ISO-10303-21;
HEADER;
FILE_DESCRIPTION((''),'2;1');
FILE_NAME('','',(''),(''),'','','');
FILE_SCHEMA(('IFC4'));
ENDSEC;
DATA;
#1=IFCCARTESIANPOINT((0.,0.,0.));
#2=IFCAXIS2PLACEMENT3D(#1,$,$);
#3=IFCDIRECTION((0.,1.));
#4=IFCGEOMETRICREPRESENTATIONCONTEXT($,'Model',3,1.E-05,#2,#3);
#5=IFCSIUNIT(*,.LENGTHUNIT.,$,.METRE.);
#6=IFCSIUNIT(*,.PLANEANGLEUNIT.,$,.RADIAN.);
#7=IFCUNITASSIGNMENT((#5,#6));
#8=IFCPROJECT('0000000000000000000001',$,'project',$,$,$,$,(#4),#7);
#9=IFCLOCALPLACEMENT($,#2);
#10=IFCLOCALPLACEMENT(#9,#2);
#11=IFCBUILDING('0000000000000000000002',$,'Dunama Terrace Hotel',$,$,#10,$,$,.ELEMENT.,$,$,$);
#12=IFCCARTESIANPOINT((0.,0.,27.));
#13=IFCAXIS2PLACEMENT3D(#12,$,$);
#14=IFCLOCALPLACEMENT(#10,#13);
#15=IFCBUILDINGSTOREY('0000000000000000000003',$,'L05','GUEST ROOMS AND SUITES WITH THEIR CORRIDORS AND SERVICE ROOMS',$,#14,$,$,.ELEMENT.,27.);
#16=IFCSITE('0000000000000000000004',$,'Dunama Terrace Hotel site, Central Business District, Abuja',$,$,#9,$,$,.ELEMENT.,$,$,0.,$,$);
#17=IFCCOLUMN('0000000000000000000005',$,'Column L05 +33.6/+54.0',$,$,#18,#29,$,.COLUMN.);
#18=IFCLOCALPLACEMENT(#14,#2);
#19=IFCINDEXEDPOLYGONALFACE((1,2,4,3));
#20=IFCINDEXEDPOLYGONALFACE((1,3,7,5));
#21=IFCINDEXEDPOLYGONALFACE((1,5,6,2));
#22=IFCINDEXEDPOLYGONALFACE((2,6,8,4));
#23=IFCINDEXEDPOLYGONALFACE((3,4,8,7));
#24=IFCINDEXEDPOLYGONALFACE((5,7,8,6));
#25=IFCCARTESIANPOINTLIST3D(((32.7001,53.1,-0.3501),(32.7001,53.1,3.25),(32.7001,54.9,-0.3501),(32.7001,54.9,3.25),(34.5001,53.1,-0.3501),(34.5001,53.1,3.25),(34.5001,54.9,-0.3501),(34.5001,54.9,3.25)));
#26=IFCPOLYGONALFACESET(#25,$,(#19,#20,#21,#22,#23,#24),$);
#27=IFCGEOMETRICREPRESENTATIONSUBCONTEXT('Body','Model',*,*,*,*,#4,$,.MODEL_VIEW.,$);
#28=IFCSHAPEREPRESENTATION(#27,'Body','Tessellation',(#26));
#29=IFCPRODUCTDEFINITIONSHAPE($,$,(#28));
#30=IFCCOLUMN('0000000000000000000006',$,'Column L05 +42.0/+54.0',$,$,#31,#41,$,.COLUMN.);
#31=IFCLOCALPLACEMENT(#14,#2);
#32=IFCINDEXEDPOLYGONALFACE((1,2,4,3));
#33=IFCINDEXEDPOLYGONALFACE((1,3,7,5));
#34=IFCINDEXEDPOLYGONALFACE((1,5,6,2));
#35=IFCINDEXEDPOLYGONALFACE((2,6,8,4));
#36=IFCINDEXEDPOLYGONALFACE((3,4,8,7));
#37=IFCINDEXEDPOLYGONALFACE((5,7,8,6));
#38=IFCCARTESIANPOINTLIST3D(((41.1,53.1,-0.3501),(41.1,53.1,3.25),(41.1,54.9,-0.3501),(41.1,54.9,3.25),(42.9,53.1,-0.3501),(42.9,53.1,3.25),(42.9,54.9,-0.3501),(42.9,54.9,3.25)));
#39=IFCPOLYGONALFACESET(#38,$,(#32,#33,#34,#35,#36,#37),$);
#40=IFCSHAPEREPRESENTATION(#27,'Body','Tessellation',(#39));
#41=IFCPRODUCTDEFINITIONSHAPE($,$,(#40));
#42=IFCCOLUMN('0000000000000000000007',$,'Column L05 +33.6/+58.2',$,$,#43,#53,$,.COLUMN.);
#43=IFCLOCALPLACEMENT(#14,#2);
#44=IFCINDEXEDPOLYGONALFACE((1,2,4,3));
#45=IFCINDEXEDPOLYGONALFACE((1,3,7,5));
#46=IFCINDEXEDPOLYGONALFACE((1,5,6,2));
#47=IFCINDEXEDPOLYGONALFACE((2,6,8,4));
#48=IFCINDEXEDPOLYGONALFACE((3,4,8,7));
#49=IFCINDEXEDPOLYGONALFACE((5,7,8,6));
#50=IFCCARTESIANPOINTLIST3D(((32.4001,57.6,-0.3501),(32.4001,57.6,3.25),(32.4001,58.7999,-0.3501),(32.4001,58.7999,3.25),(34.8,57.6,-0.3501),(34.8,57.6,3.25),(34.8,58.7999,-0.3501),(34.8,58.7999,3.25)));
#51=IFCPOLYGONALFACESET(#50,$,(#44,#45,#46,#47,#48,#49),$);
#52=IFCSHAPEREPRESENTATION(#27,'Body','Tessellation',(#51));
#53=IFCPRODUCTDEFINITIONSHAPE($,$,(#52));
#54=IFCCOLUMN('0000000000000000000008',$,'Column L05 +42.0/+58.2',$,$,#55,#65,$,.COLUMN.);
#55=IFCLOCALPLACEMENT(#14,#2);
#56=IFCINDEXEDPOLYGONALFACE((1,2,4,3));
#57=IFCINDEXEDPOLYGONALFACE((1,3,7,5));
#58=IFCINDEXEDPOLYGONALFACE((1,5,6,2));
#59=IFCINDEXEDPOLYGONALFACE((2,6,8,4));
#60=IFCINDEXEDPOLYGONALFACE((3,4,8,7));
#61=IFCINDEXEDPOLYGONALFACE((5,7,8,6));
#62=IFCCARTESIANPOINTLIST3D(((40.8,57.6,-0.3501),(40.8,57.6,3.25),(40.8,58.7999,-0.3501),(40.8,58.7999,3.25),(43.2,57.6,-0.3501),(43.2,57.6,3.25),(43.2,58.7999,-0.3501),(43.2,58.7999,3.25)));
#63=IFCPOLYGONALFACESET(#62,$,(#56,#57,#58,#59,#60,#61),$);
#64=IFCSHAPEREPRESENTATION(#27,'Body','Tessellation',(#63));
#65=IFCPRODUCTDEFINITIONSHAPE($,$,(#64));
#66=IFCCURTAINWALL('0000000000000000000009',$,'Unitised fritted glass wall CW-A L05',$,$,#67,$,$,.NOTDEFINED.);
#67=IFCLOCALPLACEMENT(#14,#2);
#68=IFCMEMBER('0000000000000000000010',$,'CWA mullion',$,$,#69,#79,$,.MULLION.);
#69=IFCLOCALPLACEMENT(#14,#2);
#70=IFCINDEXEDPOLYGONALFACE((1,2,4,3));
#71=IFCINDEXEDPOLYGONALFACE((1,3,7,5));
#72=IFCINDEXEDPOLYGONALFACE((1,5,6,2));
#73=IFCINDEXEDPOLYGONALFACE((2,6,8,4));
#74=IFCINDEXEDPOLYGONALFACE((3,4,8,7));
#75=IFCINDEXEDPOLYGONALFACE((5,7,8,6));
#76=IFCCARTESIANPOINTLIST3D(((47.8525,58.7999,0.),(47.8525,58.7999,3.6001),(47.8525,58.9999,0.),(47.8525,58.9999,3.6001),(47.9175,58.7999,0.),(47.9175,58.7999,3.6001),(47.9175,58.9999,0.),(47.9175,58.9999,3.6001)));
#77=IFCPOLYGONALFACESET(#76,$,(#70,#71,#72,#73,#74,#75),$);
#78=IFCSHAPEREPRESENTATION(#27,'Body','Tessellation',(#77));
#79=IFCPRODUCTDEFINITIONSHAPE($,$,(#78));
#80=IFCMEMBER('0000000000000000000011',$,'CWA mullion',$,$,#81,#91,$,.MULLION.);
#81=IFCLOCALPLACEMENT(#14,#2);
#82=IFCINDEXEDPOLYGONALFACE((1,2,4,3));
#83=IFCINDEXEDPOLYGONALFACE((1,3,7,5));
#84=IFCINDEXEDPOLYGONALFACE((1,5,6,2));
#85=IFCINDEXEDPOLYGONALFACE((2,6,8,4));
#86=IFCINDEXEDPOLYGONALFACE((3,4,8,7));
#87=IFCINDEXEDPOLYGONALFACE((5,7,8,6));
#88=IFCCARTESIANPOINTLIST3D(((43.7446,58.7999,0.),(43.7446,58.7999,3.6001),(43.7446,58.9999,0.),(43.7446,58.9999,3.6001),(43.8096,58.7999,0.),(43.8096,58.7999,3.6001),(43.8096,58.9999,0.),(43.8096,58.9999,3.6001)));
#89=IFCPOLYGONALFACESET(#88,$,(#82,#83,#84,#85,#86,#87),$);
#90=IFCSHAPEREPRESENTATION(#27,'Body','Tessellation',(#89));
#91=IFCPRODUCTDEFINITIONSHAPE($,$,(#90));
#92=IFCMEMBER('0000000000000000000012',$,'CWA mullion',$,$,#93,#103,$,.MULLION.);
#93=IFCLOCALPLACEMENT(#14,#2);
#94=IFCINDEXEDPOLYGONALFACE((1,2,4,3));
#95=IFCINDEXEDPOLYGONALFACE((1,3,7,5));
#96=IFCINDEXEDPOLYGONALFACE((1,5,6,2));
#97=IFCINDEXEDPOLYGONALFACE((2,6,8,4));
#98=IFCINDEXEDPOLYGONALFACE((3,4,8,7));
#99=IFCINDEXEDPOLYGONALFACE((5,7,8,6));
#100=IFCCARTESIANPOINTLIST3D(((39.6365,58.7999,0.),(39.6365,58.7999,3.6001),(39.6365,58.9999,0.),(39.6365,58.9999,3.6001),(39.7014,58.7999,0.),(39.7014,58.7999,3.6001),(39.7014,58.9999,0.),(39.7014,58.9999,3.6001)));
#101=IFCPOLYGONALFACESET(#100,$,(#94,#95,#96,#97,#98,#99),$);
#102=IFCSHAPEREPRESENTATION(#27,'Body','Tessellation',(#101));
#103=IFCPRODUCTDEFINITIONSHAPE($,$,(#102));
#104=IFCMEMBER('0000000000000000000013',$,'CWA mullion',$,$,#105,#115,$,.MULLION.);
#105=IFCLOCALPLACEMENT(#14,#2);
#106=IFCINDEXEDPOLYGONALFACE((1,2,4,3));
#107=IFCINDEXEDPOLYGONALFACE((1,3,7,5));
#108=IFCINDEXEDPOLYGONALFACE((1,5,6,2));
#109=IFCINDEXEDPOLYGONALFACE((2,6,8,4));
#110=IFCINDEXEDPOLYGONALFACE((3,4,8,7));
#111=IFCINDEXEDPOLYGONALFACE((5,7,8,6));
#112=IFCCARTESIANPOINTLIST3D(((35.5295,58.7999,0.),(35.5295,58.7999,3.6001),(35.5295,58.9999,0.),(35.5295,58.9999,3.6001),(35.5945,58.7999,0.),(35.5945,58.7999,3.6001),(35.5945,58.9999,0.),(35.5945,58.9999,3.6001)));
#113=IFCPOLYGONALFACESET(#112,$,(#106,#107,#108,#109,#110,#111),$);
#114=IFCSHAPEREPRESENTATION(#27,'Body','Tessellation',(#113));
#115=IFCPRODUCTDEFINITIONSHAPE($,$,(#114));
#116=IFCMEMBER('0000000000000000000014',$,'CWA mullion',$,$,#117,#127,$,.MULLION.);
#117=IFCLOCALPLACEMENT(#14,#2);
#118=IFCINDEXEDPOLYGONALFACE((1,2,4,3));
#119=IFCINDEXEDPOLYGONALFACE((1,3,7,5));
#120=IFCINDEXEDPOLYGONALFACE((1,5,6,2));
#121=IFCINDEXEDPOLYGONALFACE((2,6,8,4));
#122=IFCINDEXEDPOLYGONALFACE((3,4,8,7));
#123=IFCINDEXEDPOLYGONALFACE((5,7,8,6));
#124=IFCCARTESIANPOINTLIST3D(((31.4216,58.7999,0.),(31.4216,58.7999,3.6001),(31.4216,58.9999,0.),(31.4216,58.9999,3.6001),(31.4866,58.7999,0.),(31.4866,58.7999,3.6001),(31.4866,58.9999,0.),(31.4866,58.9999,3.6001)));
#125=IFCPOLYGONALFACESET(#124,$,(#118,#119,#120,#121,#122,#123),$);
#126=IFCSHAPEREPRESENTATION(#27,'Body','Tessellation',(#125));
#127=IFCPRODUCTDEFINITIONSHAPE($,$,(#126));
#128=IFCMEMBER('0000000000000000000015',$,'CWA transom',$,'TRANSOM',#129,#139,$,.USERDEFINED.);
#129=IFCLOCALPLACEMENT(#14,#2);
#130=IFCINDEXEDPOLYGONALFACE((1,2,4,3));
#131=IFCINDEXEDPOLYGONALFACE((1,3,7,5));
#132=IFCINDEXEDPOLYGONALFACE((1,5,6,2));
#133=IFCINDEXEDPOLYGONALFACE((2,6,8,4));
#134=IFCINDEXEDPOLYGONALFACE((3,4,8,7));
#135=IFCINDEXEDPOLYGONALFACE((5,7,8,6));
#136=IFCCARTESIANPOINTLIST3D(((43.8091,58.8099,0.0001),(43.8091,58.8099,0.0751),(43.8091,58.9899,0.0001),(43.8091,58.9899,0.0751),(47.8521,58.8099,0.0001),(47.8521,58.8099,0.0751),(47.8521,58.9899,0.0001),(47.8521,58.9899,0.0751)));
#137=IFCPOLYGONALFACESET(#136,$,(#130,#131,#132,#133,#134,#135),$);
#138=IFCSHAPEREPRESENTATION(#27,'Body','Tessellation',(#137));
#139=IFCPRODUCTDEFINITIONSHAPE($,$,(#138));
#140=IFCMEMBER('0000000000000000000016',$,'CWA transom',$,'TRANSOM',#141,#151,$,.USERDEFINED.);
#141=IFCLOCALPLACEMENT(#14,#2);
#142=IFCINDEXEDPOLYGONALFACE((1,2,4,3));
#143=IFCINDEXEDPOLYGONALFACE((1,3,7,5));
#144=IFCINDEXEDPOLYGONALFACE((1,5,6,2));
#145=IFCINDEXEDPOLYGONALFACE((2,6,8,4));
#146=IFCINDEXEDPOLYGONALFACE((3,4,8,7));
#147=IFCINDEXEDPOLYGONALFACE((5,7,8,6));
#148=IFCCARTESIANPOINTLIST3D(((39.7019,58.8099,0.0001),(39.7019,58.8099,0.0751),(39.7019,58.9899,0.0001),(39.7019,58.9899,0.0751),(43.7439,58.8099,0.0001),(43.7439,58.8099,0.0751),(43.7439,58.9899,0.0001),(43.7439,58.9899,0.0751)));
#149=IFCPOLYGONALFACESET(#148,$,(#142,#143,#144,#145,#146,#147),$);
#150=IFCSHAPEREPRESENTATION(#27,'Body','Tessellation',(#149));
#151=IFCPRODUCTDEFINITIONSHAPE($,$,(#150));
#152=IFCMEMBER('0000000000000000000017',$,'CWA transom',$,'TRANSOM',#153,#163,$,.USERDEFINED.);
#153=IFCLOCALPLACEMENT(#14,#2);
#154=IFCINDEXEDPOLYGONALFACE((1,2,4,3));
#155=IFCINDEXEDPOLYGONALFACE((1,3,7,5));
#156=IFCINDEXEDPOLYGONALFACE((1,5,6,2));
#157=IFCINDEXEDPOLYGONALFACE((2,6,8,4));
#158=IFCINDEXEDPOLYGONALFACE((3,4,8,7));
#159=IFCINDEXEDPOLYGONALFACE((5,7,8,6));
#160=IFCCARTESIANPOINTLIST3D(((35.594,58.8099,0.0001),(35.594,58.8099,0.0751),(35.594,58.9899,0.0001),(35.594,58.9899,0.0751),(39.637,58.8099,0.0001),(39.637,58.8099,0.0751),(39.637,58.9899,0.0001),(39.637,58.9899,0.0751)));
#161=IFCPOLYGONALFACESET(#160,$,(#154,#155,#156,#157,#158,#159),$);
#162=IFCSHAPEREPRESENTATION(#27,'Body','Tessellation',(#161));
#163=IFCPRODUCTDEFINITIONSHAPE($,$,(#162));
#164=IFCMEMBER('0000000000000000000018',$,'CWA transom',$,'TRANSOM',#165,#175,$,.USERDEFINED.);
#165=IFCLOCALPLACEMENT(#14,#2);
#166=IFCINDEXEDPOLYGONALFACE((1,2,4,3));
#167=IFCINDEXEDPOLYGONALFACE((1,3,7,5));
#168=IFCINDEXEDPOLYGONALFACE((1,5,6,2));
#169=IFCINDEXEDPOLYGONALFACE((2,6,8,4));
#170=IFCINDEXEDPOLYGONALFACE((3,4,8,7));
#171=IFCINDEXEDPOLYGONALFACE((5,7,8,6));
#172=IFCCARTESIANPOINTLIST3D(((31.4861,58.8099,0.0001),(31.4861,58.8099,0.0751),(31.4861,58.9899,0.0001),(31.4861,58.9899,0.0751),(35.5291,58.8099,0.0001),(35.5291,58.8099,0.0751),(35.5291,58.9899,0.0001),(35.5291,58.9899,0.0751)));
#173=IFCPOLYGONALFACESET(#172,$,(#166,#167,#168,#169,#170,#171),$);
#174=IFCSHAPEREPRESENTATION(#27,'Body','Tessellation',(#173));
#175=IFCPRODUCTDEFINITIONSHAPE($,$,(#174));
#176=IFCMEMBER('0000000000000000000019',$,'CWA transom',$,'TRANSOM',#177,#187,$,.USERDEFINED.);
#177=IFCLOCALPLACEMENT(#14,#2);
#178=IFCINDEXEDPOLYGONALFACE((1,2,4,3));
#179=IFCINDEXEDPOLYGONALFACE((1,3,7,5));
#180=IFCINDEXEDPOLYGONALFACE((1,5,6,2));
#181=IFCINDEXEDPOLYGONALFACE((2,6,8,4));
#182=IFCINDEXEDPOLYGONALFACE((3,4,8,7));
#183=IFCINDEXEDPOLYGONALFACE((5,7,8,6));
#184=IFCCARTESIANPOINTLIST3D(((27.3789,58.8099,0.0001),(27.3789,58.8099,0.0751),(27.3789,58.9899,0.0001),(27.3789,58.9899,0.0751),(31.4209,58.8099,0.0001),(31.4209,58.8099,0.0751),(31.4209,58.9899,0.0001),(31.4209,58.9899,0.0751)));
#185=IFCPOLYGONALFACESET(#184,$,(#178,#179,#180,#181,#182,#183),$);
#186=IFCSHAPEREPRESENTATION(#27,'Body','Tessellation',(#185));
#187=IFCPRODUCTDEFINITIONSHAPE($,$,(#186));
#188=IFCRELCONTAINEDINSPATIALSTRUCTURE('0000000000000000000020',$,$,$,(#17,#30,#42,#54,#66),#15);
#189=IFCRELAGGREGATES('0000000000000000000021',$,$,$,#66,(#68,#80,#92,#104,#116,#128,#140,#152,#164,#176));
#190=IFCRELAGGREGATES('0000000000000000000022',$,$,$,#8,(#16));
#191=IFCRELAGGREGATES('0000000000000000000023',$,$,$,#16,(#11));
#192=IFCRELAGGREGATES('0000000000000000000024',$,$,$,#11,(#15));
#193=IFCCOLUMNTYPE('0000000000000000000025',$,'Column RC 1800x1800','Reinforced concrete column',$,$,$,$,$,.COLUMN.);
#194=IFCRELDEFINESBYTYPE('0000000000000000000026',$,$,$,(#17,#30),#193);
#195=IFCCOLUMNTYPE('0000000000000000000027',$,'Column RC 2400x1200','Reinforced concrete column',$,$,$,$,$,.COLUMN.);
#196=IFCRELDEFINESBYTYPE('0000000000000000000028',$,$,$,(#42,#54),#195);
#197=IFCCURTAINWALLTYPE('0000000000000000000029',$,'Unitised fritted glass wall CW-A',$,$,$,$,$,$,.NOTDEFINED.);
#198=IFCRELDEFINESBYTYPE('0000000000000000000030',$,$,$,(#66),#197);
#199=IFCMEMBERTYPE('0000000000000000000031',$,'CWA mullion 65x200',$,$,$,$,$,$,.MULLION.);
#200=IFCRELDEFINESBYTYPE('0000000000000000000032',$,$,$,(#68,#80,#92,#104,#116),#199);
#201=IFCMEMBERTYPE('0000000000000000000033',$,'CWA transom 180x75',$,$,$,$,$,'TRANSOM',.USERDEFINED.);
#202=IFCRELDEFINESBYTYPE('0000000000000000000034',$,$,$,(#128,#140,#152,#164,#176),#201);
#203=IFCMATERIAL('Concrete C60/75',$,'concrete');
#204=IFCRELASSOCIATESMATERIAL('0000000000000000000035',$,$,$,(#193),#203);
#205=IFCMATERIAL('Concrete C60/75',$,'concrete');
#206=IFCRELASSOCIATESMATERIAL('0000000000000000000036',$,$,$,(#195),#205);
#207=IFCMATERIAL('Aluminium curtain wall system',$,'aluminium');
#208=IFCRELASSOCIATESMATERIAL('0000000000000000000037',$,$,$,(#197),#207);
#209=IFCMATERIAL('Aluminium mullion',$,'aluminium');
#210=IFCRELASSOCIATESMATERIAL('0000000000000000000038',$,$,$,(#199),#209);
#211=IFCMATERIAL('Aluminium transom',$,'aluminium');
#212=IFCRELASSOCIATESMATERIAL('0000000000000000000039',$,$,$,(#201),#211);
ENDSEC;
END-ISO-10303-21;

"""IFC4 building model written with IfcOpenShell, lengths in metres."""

from ifc_helpers import new_model, si_unit, direction, frame, origin, origin_2d, place, context, subcontext, project, spatial, rectangle, extrude, material, material_profile, profile_set, type_object, element, aggregate, save


model = new_model("IFC4")

# Units and contexts
model_context = context("Model", 3, precision=1e-05, world=origin(), true_north=direction((0.0, 1.0)))
body_context = subcontext(model_context, "Body", "Model", "MODEL_VIEW")
ifc_project = project(units=[si_unit("LENGTHUNIT", "METRE"), si_unit("PLANEANGLEUNIT", "RADIAN")], contexts=[model_context])

# Site, building, storey
site_placement = place(None, origin())
site = spatial("IfcSite", under=ifc_project, at=site_placement, Name="Dunama Terrace Hotel site, Central Business District, Abuja", CompositionType="ELEMENT", RefElevation=0.0)
building_placement = place(site_placement, origin())
building = spatial("IfcBuilding", under=site, at=building_placement, Name="Dunama Terrace Hotel", CompositionType="ELEMENT")
storey_placement = place(building_placement, frame((0.0, 0.0, 27.0)))
storey = spatial("IfcBuildingStorey", under=building, at=storey_placement, Name="L05", Description="GUEST ROOMS AND SUITES WITH THEIR CORRIDORS AND SERVICE ROOMS", CompositionType="ELEMENT", Elevation=27.0)

# Columns
ifc_material_1 = material(Name="Concrete C60/75", Category="concrete")
ifc_material_profile_1 = material_profile(ifc_material_1, rectangle(XDim=1.8, YDim=1.8, at=origin_2d()), Name="RC 1800x1800")
ifc_profile_set_1 = profile_set([ifc_material_profile_1], Name="Concrete C60/75")
column_type_1 = type_object("IfcColumnType", Name="Column RC 1800x1800", Description="Reinforced concrete column", PredefinedType="COLUMN", material=ifc_profile_set_1)
for number, where, z_axis, x_axis, name in (
    (1, (33.6001, 54.0, -0.3501), (0.0, 0.0, 1.0), (1.0, 0.0, 0.0), "Column L05 +33.6/+54.0"),
    (2, (42.0, 54.0, -0.3501), (0.0, 0.0, 1.0), (1.0, 0.0, 0.0), "Column L05 +42.0/+54.0"),
):
    element("IfcColumn", number, at=place(storey_placement, frame(where, z_axis=z_axis, x_axis=x_axis)), inside=storey, type_object=column_type_1, Name=name, PredefinedType="COLUMN", context=body_context, shape_type="SweptSolid", body=[
        extrude(rectangle(XDim=1.8, YDim=1.8, at=origin_2d()), origin(), (0.0, 0.0, 1.0), 3.6001),
    ])
ifc_material_2 = material(Name="Concrete C60/75", Category="concrete")
ifc_material_profile_2 = material_profile(ifc_material_2, rectangle(XDim=2.3999, YDim=1.2, at=origin_2d()), Name="RC 2400x1200")
ifc_profile_set_2 = profile_set([ifc_material_profile_2], Name="Concrete C60/75")
column_type_2 = type_object("IfcColumnType", Name="Column RC 2400x1200", Description="Reinforced concrete column", PredefinedType="COLUMN", material=ifc_profile_set_2)
for number, where, z_axis, x_axis, name in (
    (3, (33.6001, 58.2, -0.3501), (0.0, 0.0, 1.0), (1.0, 0.0, 0.0), "Column L05 +33.6/+58.2"),
    (4, (42.0, 58.2, -0.3501), (0.0, 0.0, 1.0), (1.0, 0.0, 0.0), "Column L05 +42.0/+58.2"),
):
    element("IfcColumn", number, at=place(storey_placement, frame(where, z_axis=z_axis, x_axis=x_axis)), inside=storey, type_object=column_type_2, Name=name, PredefinedType="COLUMN", context=body_context, shape_type="SweptSolid", body=[
        extrude(rectangle(XDim=2.3999, YDim=1.2, at=origin_2d()), origin(), (0.0, 0.0, 1.0), 3.6001),
    ])

# Curtain wall, members
ifc_material_3 = material(Name="Aluminium curtain wall system", Category="aluminium")
curtain_wall_type = type_object("IfcCurtainWallType", Name="Unitised fritted glass wall CW-A", PredefinedType="NOTDEFINED", material=ifc_material_3)
curtain_wall_placement = place(storey_placement, origin())
curtain_wall = element("IfcCurtainWall", 5, at=curtain_wall_placement, inside=storey, type_object=curtain_wall_type, Name="Unitised fritted glass wall CW-A L05", PredefinedType="NOTDEFINED")
ifc_material_4 = material(Name="Aluminium mullion", Category="aluminium")
ifc_material_profile_3 = material_profile(ifc_material_4, rectangle(XDim=0.0649, YDim=0.2, at=origin_2d()), Name="CWA MULLION 65X200")
ifc_profile_set_3 = profile_set([ifc_material_profile_3], Name="Aluminium mullion")
member_type_1 = type_object("IfcMemberType", Name="CWA mullion 65x200", PredefinedType="MULLION", material=ifc_profile_set_3)
member_1_placement = place(storey_placement, frame((47.885, 58.8999, 0.0), z_axis=(0.0, 0.0, 1.0), x_axis=(-1.0, 0.0, 0.0)))
member_1 = element("IfcMember", 6, at=member_1_placement, type_object=member_type_1, Name="CWA mullion", PredefinedType="MULLION", context=body_context, shape_type="SweptSolid", body=[
    extrude(rectangle(XDim=0.0649, YDim=0.2, at=origin_2d()), origin(), (0.0, 0.0, 1.0), 3.6001),
])
member_2_placement = place(storey_placement, frame((43.7771, 58.8999, 0.0), z_axis=(0.0, 0.0, 1.0), x_axis=(-1.0, 0.0, 0.0)))
member_2 = element("IfcMember", 7, at=member_2_placement, type_object=member_type_1, Name="CWA mullion", PredefinedType="MULLION", context=body_context, shape_type="SweptSolid", body=[
    extrude(rectangle(XDim=0.0649, YDim=0.2, at=origin_2d()), origin(), (0.0, 0.0, 1.0), 3.6001),
])
member_3_placement = place(storey_placement, frame((39.6689, 58.8999, 0.0), z_axis=(0.0, 0.0, 1.0), x_axis=(-1.0, 0.0, 0.0)))
member_3 = element("IfcMember", 8, at=member_3_placement, type_object=member_type_1, Name="CWA mullion", PredefinedType="MULLION", context=body_context, shape_type="SweptSolid", body=[
    extrude(rectangle(XDim=0.0649, YDim=0.2, at=origin_2d()), origin(), (0.0, 0.0, 1.0), 3.6001),
])
member_4_placement = place(storey_placement, frame((35.562, 58.8999, 0.0), z_axis=(0.0, 0.0, 1.0), x_axis=(-1.0, 0.0, 0.0)))
member_4 = element("IfcMember", 9, at=member_4_placement, type_object=member_type_1, Name="CWA mullion", PredefinedType="MULLION", context=body_context, shape_type="SweptSolid", body=[
    extrude(rectangle(XDim=0.0649, YDim=0.2, at=origin_2d()), origin(), (0.0, 0.0, 1.0), 3.6001),
])
member_5_placement = place(storey_placement, frame((31.4541, 58.8999, 0.0), z_axis=(0.0, 0.0, 1.0), x_axis=(-1.0, 0.0, 0.0)))
member_5 = element("IfcMember", 10, at=member_5_placement, type_object=member_type_1, Name="CWA mullion", PredefinedType="MULLION", context=body_context, shape_type="SweptSolid", body=[
    extrude(rectangle(XDim=0.0649, YDim=0.2, at=origin_2d()), origin(), (0.0, 0.0, 1.0), 3.6001),
])
ifc_material_5 = material(Name="Aluminium transom", Category="aluminium")
ifc_material_profile_4 = material_profile(ifc_material_5, rectangle(XDim=0.1799, YDim=0.075, at=origin_2d()), Name="CWA TRANSOM 180X75")
ifc_profile_set_4 = profile_set([ifc_material_profile_4], Name="Aluminium transom")
member_type_2 = type_object("IfcMemberType", Name="CWA transom 180x75", ElementType="TRANSOM", PredefinedType="USERDEFINED", material=ifc_profile_set_4)
member_6_placement = place(storey_placement, frame((47.8521, 58.8999, 0.0376), z_axis=(-1.0, 0.0, 0.0), x_axis=(0.0, -1.0, 0.0)))
member_6 = element("IfcMember", 11, at=member_6_placement, type_object=member_type_2, Name="CWA transom", ObjectType="TRANSOM", PredefinedType="USERDEFINED", context=body_context, shape_type="SweptSolid", body=[
    extrude(rectangle(XDim=0.1799, YDim=0.075, at=origin_2d()), origin(), (0.0, 0.0, 1.0), 4.043),
])
member_7_placement = place(storey_placement, frame((43.7439, 58.8999, 0.0376), z_axis=(-1.0, 0.0, 0.0), x_axis=(0.0, -1.0, 0.0)))
member_7 = element("IfcMember", 12, at=member_7_placement, type_object=member_type_2, Name="CWA transom", ObjectType="TRANSOM", PredefinedType="USERDEFINED", context=body_context, shape_type="SweptSolid", body=[
    extrude(rectangle(XDim=0.1799, YDim=0.075, at=origin_2d()), origin(), (0.0, 0.0, 1.0), 4.042),
])
member_8_placement = place(storey_placement, frame((39.637, 58.8999, 0.0376), z_axis=(-1.0, 0.0, 0.0), x_axis=(0.0, -1.0, 0.0)))
member_8 = element("IfcMember", 13, at=member_8_placement, type_object=member_type_2, Name="CWA transom", ObjectType="TRANSOM", PredefinedType="USERDEFINED", context=body_context, shape_type="SweptSolid", body=[
    extrude(rectangle(XDim=0.1799, YDim=0.075, at=origin_2d()), origin(), (0.0, 0.0, 1.0), 4.043),
])
member_9_placement = place(storey_placement, frame((35.5291, 58.8999, 0.0376), z_axis=(-1.0, 0.0, 0.0), x_axis=(0.0, -1.0, 0.0)))
member_9 = element("IfcMember", 14, at=member_9_placement, type_object=member_type_2, Name="CWA transom", ObjectType="TRANSOM", PredefinedType="USERDEFINED", context=body_context, shape_type="SweptSolid", body=[
    extrude(rectangle(XDim=0.1799, YDim=0.075, at=origin_2d()), origin(), (0.0, 0.0, 1.0), 4.043),
])
member_10_placement = place(storey_placement, frame((31.4209, 58.8999, 0.0376), z_axis=(-1.0, 0.0, 0.0), x_axis=(0.0, -1.0, 0.0)))
member_10 = element("IfcMember", 15, at=member_10_placement, type_object=member_type_2, Name="CWA transom", ObjectType="TRANSOM", PredefinedType="USERDEFINED", context=body_context, shape_type="SweptSolid", body=[
    extrude(rectangle(XDim=0.1799, YDim=0.075, at=origin_2d()), origin(), (0.0, 0.0, 1.0), 4.042),
])

aggregate(curtain_wall, [member_1, member_2, member_3, member_4, member_5, member_6, member_7, member_8, member_9, member_10])

save(model, "model.ifc")
